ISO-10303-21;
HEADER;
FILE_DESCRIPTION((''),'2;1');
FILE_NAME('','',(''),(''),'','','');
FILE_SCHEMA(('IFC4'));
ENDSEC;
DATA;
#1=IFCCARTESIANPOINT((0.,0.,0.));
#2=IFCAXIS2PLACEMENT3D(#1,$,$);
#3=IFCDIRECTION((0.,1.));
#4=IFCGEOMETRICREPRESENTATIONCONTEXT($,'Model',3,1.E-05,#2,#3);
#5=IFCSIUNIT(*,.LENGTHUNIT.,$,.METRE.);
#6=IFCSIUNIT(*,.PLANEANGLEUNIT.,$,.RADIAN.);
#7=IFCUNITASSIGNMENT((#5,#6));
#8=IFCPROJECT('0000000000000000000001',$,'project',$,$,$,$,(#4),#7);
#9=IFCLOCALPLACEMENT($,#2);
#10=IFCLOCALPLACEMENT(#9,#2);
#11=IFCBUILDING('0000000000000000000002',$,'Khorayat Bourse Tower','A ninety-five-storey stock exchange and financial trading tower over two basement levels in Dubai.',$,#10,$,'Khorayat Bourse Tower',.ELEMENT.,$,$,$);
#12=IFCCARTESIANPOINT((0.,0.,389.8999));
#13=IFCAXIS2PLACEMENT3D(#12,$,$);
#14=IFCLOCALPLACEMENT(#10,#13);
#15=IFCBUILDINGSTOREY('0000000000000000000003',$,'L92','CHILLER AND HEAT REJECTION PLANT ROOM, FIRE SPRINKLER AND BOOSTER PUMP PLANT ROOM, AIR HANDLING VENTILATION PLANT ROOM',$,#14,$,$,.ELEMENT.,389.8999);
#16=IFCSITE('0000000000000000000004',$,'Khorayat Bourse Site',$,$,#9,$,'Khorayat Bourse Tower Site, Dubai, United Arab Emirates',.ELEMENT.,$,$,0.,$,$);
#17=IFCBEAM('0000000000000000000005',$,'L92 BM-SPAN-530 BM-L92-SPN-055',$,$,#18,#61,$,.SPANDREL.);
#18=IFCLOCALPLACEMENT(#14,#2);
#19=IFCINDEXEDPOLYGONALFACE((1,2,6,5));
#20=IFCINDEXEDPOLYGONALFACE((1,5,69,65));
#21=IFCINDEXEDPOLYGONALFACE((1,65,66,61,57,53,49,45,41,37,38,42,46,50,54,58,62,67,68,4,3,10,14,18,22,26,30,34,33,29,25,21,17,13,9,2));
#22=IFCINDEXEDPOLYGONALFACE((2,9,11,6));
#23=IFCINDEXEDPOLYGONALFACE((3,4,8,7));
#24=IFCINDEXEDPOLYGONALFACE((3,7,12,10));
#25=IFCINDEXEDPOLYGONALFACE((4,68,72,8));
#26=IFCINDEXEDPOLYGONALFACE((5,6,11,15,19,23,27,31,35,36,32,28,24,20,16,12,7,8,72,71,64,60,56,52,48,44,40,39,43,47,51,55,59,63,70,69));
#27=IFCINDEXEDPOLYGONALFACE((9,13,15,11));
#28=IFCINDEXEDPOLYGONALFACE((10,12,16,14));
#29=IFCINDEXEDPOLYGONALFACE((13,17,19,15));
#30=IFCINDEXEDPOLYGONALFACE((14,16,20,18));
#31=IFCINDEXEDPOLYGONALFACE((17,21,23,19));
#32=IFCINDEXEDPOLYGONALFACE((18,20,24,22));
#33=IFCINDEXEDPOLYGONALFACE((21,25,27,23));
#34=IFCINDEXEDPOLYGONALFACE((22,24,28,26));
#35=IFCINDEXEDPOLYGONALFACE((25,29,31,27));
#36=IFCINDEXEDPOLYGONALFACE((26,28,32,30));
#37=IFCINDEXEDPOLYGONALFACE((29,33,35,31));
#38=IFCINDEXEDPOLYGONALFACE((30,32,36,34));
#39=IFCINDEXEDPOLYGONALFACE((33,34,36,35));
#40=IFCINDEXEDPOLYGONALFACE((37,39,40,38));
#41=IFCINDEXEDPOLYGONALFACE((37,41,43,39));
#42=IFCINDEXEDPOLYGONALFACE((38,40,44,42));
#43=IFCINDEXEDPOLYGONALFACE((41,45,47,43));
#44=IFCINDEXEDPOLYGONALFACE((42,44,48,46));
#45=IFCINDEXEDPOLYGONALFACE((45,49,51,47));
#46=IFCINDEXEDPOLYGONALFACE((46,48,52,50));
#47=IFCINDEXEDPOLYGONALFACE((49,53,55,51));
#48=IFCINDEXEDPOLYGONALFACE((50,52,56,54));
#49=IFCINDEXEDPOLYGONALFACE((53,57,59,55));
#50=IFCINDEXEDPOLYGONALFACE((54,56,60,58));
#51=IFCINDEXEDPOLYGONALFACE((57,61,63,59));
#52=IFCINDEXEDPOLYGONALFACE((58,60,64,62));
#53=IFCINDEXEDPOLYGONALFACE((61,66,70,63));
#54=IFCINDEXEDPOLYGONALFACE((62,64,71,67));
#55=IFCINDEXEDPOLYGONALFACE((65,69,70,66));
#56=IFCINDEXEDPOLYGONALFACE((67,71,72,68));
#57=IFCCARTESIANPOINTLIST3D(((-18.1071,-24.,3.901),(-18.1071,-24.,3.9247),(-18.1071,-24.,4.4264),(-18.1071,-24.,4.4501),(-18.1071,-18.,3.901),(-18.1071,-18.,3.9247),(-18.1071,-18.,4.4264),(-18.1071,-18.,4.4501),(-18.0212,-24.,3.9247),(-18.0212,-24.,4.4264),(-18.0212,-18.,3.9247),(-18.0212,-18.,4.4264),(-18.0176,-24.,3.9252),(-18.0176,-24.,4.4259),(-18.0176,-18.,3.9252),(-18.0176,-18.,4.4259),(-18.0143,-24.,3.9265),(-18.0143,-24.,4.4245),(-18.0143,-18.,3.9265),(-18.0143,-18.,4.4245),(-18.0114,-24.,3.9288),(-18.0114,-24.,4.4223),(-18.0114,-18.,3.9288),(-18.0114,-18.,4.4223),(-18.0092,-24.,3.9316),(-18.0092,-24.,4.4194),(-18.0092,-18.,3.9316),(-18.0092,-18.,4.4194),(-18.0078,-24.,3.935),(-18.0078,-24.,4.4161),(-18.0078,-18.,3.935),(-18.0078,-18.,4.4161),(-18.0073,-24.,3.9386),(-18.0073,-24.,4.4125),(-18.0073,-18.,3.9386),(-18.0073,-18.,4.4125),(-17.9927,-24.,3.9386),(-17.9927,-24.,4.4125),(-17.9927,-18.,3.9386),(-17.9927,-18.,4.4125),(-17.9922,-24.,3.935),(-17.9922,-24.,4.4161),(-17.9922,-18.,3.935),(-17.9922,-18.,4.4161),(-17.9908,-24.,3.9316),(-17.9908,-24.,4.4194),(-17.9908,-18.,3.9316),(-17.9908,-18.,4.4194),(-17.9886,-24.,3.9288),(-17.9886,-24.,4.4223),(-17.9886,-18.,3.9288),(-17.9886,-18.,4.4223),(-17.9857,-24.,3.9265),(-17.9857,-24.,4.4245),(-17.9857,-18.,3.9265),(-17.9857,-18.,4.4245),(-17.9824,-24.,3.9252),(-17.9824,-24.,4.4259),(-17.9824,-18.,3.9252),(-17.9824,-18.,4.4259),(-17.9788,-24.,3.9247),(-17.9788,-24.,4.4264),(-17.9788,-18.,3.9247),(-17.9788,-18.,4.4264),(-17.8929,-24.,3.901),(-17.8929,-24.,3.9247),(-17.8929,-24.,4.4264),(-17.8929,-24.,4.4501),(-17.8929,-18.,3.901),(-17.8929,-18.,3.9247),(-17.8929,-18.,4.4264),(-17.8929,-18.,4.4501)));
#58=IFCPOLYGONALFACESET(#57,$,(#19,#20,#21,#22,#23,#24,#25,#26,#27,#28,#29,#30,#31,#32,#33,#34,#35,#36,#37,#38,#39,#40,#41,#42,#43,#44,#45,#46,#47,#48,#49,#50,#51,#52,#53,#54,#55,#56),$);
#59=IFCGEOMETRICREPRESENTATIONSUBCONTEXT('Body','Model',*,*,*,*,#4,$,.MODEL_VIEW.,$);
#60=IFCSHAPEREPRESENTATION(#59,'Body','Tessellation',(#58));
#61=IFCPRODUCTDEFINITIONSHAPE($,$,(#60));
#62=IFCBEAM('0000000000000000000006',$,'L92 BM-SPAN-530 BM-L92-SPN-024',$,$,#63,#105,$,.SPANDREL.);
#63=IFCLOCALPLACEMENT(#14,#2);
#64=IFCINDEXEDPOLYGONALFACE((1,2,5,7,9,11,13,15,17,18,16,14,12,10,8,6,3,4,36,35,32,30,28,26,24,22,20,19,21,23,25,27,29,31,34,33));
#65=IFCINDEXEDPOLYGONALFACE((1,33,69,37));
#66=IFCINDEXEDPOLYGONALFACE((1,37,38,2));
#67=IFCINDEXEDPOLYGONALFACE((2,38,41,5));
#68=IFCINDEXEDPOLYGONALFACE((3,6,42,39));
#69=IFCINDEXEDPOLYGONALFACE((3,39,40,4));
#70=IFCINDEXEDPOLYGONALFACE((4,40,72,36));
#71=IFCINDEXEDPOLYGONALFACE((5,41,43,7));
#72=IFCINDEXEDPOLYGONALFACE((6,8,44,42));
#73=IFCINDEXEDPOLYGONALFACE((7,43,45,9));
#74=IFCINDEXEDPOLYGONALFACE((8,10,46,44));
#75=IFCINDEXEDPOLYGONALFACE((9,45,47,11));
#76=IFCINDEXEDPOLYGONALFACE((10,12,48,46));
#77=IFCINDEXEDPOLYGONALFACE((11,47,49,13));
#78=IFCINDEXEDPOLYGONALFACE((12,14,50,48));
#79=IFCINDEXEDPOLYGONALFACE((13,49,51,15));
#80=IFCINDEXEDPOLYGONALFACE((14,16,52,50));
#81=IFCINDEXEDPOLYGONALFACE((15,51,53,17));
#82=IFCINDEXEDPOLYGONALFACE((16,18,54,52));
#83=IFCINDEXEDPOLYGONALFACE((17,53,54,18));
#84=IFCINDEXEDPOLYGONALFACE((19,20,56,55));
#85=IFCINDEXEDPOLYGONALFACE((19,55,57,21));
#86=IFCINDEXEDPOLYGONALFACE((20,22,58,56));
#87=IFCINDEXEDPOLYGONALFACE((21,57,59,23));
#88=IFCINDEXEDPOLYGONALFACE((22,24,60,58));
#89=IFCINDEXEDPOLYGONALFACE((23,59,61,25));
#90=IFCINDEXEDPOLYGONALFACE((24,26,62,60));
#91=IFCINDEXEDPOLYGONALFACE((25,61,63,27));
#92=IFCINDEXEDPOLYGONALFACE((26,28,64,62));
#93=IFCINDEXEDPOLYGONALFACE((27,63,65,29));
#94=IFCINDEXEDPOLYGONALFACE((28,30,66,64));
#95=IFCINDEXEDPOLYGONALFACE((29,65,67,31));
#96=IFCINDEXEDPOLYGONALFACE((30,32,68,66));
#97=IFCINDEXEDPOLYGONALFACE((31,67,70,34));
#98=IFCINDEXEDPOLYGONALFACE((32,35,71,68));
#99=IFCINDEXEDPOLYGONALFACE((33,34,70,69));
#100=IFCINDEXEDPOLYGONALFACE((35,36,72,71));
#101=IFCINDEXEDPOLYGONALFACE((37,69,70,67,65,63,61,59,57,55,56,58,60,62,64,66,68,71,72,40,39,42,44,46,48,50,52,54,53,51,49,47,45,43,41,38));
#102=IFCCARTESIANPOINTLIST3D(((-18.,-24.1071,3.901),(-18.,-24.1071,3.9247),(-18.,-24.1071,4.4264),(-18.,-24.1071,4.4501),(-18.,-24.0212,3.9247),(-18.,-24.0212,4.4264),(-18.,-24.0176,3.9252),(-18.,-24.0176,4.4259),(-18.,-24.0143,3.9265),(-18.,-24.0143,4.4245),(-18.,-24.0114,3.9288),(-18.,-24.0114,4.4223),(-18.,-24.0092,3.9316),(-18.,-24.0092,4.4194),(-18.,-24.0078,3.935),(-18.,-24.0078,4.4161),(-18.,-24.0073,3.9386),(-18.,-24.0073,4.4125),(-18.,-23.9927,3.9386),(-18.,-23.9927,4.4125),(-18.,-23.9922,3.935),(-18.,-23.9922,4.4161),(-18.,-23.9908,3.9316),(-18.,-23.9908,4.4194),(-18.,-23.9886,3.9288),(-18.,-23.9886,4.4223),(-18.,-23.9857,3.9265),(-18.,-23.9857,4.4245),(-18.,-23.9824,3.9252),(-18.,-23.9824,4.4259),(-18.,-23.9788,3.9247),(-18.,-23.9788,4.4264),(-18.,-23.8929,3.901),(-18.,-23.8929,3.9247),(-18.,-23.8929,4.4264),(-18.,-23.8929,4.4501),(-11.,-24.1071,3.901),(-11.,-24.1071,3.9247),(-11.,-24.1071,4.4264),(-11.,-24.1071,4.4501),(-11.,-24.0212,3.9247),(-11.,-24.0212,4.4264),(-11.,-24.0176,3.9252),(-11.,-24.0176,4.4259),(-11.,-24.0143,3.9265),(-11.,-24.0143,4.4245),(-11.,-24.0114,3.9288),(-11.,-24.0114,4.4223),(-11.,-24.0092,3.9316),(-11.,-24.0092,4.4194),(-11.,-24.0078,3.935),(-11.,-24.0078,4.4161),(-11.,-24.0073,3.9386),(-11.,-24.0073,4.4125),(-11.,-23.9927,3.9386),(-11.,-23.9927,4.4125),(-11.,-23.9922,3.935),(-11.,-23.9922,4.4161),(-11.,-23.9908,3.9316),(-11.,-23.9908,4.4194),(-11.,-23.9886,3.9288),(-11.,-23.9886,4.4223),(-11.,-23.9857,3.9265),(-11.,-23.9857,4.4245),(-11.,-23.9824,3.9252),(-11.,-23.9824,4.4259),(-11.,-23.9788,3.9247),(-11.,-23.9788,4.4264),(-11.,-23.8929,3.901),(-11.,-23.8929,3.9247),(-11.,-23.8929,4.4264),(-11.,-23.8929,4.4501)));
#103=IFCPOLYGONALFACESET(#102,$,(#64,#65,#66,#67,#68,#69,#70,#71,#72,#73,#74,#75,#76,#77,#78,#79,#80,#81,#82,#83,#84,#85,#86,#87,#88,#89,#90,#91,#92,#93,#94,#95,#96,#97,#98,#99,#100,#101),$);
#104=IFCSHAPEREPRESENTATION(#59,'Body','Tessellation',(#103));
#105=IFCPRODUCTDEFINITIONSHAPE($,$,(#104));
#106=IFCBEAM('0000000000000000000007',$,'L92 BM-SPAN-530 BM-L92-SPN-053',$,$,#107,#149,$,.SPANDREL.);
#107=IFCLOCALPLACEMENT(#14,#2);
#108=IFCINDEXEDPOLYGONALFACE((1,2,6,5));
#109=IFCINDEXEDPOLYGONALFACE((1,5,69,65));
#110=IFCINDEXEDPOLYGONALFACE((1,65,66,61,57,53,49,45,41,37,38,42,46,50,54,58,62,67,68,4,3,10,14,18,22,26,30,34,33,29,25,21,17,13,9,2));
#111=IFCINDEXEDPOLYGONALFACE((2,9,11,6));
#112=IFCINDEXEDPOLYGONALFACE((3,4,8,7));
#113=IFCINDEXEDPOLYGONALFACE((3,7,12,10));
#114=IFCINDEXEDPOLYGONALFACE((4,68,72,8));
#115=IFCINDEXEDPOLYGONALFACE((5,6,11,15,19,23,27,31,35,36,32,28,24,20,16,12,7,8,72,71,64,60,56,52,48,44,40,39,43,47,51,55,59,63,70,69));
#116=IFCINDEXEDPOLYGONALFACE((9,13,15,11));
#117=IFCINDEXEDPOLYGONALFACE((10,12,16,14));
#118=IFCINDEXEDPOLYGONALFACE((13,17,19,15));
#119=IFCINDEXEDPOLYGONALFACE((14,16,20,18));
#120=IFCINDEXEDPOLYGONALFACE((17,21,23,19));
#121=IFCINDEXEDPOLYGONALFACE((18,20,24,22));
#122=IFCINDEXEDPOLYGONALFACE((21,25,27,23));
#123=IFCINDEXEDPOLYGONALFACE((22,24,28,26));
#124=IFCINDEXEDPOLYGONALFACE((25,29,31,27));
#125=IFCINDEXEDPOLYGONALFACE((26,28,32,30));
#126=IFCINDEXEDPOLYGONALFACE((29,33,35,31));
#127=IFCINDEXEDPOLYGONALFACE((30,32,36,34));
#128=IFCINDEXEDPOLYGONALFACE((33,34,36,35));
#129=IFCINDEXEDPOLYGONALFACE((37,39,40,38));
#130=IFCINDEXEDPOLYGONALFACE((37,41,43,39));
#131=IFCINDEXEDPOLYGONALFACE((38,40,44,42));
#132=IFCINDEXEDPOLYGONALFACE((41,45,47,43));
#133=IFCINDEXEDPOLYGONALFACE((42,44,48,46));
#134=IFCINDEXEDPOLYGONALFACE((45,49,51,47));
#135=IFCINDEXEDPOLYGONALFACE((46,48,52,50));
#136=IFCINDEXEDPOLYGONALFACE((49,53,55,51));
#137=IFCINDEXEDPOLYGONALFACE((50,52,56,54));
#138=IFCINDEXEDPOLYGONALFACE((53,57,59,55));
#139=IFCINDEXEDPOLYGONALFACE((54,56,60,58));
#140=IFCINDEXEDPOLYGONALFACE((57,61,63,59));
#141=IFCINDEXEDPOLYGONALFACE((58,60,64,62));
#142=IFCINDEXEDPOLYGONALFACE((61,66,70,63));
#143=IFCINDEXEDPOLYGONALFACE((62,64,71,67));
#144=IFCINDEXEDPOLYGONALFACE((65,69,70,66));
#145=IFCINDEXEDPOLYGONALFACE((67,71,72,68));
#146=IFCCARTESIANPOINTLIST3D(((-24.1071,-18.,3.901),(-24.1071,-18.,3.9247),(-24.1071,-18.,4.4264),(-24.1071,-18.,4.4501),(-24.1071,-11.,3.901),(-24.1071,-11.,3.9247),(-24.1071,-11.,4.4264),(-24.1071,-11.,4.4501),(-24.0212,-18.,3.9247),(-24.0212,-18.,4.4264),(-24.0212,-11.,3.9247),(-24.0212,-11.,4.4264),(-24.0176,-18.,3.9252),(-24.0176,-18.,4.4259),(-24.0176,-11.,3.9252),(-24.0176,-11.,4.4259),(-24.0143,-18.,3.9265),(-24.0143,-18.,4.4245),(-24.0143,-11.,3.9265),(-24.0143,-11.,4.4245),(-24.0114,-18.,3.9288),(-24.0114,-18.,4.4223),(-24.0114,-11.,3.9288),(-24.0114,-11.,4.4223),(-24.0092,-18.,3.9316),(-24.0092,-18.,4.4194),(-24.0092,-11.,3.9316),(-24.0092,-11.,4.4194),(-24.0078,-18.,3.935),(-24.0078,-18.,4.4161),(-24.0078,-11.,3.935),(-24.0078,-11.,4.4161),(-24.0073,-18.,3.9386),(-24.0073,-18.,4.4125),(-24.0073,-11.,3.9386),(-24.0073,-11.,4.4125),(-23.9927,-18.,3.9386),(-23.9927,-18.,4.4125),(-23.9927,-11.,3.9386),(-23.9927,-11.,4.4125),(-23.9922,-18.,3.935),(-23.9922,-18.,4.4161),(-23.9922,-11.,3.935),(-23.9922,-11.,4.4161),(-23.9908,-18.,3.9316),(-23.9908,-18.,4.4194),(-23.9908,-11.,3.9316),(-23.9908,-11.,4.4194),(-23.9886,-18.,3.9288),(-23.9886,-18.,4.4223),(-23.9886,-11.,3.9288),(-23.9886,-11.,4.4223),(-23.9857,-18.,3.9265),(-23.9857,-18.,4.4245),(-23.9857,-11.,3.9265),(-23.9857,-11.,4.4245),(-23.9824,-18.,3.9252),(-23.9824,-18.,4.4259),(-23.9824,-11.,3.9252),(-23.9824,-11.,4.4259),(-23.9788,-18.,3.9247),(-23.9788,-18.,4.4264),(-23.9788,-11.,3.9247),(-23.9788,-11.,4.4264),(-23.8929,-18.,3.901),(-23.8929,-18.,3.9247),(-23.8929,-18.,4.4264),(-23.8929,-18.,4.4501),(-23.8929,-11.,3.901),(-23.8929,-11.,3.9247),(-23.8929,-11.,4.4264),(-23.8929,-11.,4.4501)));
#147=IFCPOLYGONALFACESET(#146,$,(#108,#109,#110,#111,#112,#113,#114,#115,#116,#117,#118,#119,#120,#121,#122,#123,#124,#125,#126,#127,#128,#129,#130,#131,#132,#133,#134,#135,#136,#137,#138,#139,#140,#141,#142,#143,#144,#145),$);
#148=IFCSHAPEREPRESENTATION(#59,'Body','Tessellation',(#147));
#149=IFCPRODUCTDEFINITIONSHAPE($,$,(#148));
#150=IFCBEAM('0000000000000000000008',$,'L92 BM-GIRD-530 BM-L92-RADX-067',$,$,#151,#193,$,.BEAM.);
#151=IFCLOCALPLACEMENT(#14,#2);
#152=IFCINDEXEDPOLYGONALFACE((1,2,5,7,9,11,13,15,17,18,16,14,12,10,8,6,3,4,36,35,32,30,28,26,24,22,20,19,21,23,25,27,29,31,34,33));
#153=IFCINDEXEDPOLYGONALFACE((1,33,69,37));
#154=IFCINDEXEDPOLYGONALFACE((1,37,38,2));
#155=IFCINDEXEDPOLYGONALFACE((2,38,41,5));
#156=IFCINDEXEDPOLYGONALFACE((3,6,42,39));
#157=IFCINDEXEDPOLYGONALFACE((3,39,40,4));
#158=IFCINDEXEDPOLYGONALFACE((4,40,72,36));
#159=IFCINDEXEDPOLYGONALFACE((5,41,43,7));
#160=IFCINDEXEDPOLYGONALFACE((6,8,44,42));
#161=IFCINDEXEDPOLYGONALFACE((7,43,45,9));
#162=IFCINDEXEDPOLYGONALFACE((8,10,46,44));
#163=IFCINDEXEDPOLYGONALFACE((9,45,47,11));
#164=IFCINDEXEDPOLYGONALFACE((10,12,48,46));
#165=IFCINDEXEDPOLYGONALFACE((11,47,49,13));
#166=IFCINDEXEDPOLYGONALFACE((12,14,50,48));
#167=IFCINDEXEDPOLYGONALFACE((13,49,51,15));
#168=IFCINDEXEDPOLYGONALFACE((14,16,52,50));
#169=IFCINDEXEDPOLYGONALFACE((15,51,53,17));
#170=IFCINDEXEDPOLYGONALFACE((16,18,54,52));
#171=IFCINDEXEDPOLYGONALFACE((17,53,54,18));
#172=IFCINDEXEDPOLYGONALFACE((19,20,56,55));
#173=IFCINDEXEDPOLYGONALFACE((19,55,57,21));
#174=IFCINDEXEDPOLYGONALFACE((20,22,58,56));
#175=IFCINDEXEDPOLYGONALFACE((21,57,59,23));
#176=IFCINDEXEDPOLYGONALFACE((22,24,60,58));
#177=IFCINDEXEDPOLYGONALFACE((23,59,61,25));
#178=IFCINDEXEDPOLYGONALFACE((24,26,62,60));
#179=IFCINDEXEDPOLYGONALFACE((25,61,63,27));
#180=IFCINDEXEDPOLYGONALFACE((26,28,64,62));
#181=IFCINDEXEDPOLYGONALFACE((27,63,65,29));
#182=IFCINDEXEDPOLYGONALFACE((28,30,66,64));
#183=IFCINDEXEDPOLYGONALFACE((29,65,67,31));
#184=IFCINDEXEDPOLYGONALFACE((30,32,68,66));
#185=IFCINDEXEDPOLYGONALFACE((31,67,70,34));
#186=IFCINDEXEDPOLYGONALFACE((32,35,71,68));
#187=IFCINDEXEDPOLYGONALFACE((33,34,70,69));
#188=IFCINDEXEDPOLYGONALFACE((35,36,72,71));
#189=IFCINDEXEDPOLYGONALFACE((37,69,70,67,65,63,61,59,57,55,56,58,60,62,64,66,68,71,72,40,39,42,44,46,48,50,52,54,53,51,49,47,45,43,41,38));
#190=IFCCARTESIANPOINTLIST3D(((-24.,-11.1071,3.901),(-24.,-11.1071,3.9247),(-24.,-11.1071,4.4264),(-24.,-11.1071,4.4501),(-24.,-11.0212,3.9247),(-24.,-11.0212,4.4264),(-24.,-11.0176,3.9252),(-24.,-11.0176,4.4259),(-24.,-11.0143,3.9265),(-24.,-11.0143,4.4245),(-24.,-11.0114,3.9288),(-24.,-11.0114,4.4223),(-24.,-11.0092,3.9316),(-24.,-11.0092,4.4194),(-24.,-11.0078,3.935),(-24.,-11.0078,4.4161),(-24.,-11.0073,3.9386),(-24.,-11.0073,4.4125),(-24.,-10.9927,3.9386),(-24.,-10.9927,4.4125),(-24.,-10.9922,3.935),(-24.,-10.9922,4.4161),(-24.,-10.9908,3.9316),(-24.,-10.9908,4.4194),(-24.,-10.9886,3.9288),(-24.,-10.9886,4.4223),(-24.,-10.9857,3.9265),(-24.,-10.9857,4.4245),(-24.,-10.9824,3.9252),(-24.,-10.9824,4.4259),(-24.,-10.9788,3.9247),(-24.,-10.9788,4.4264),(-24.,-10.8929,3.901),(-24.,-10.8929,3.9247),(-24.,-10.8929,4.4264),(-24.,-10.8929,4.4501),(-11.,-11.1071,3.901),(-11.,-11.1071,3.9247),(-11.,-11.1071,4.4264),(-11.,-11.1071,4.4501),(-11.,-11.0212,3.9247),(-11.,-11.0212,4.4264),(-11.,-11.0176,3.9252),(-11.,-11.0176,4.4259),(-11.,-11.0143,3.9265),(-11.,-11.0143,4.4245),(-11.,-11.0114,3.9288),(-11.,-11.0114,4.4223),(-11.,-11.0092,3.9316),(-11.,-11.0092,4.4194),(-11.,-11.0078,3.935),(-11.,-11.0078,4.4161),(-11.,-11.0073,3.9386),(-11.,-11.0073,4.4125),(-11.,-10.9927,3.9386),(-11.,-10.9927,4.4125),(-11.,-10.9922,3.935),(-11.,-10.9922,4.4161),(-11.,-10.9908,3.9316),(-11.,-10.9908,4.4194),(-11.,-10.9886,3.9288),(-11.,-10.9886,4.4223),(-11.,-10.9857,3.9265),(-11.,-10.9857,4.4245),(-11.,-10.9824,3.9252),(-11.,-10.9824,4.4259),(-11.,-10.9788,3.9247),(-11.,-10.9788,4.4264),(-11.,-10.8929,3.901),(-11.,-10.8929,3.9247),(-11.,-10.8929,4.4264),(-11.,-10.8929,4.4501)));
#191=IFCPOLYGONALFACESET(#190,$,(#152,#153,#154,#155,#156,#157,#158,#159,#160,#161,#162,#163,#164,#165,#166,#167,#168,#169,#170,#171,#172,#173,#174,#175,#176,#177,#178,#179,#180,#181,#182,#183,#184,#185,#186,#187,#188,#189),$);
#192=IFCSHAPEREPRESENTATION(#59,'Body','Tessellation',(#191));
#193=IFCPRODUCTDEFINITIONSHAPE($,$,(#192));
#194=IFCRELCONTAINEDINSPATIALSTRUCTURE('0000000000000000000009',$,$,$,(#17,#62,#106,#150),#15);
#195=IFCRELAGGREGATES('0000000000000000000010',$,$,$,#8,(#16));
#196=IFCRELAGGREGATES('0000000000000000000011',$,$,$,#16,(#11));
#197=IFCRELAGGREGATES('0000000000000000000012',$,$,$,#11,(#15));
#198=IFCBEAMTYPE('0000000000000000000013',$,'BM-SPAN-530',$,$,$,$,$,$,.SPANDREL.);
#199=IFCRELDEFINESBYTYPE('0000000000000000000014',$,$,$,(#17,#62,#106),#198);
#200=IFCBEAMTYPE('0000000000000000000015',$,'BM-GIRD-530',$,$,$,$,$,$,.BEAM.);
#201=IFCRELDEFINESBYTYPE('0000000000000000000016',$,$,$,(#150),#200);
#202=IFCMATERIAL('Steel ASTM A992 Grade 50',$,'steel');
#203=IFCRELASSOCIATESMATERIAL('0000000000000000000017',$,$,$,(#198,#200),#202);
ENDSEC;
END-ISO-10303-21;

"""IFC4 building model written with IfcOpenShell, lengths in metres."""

from ifc_helpers import new_model, si_unit, direction, frame, origin, origin_2d, place, context, subcontext, project, spatial, i_section, extrude, source, transform, mapped, material, material_profile, profile_set, type_object, element, save


model = new_model("IFC4")

# Units and contexts
model_context = context("Model", 3, precision=1e-05, world=origin(), true_north=direction((0.0, 1.0)))
body_context = subcontext(model_context, "Body", "Model", "MODEL_VIEW")
ifc_project = project(units=[si_unit("LENGTHUNIT", "METRE"), si_unit("PLANEANGLEUNIT", "RADIAN")], contexts=[model_context])

# Site, building, storey
site_placement = place(None, origin())
site = spatial("IfcSite", under=ifc_project, at=site_placement, Name="Khorayat Bourse Site", LongName="Khorayat Bourse Tower Site, Dubai, United Arab Emirates", CompositionType="ELEMENT", RefElevation=0.0)
building_placement = place(site_placement, origin())
building = spatial("IfcBuilding", under=site, at=building_placement, Name="Khorayat Bourse Tower", Description="A ninety-five-storey stock exchange and financial trading tower over two basement levels in Dubai.", LongName="Khorayat Bourse Tower", CompositionType="ELEMENT")
storey_placement = place(building_placement, frame((0.0, 0.0, 389.8999)))
storey = spatial("IfcBuildingStorey", under=building, at=storey_placement, Name="L92", Description="CHILLER AND HEAT REJECTION PLANT ROOM, FIRE SPRINKLER AND BOOSTER PUMP PLANT ROOM, AIR HANDLING VENTILATION PLANT ROOM", CompositionType="ELEMENT", Elevation=389.8999)

# Beams
ifc_material_1 = material(Name="Steel ASTM A992 Grade 50", Category="steel")
ifc_material_profile_1 = material_profile(ifc_material_1, i_section(OverallWidth=0.2141, OverallDepth=0.5491, WebThickness=0.0146, FlangeThickness=0.0237, FilletRadius=0.0139, at=origin_2d()), Name="W530X138")
ifc_profile_set_1 = profile_set([ifc_material_profile_1], Name="Steel ASTM A992 Grade 50")
beam_type_1 = type_object("IfcBeamType", Name="BM-SPAN-530", PredefinedType="SPANDREL", material=ifc_profile_set_1)
shared_shape_1 = source(origin(), body_context, "Body", "SweptSolid", [
    extrude(i_section(OverallWidth=0.2141, OverallDepth=0.5491, WebThickness=0.0146, FlangeThickness=0.0237, FilletRadius=0.0139, at=origin_2d()), origin(), (0.0, 0.0, 1.0), 6.0),
])
for number, where, z_axis, x_axis, name in (
    (1, (-18.0, -24.0, 4.1755), (0.0, 1.0, 0.0), (-1.0, 0.0, 0.0), "L92 BM-SPAN-530 BM-L92-SPN-055"),
):
    element("IfcBeam", number, at=place(storey_placement, frame(where, z_axis=z_axis, x_axis=x_axis)), inside=storey, type_object=beam_type_1, Name=name, PredefinedType="SPANDREL", context=body_context, shape_type="MappedRepresentation", body=[
        mapped(shared_shape_1, transform((0.0, 0.0, 0.0), scale=1.0)),
    ])
shared_shape_2 = source(origin(), body_context, "Body", "SweptSolid", [
    extrude(i_section(OverallWidth=0.2141, OverallDepth=0.5491, WebThickness=0.0146, FlangeThickness=0.0237, FilletRadius=0.0139, at=origin_2d()), origin(), (0.0, 0.0, 1.0), 7.0),
])
for number, where, z_axis, x_axis, name in (
    (2, (-18.0, -24.0, 4.1755), (1.0, 0.0, 0.0), (0.0, 1.0, 0.0), "L92 BM-SPAN-530 BM-L92-SPN-024"),
    (3, (-24.0, -18.0, 4.1755), (0.0, 1.0, 0.0), (-1.0, 0.0, 0.0), "L92 BM-SPAN-530 BM-L92-SPN-053"),
):
    element("IfcBeam", number, at=place(storey_placement, frame(where, z_axis=z_axis, x_axis=x_axis)), inside=storey, type_object=beam_type_1, Name=name, PredefinedType="SPANDREL", context=body_context, shape_type="MappedRepresentation", body=[
        mapped(shared_shape_2, transform((0.0, 0.0, 0.0), scale=1.0)),
    ])
ifc_material_profile_2 = material_profile(ifc_material_1, i_section(OverallWidth=0.2141, OverallDepth=0.5491, WebThickness=0.0146, FlangeThickness=0.0237, FilletRadius=0.0139, at=origin_2d()), Name="W530X138")
ifc_profile_set_2 = profile_set([ifc_material_profile_2], Name="Steel ASTM A992 Grade 50")
beam_type_2 = type_object("IfcBeamType", Name="BM-GIRD-530", PredefinedType="BEAM", material=ifc_profile_set_2)
shared_shape_3 = source(origin(), body_context, "Body", "SweptSolid", [
    extrude(i_section(OverallWidth=0.2141, OverallDepth=0.5491, WebThickness=0.0146, FlangeThickness=0.0237, FilletRadius=0.0139, at=origin_2d()), origin(), (0.0, 0.0, 1.0), 13.0),
])
beam_1_placement = place(storey_placement, frame((-24.0, -11.0, 4.1755), z_axis=(1.0, 0.0, 0.0), x_axis=(0.0, 1.0, 0.0)))
element("IfcBeam", 4, at=beam_1_placement, inside=storey, type_object=beam_type_2, Name="L92 BM-GIRD-530 BM-L92-RADX-067", PredefinedType="BEAM", context=body_context, shape_type="MappedRepresentation", body=[
    mapped(shared_shape_3, transform((0.0, 0.0, 0.0), scale=1.0)),
])

save(model, "model.ifc")
